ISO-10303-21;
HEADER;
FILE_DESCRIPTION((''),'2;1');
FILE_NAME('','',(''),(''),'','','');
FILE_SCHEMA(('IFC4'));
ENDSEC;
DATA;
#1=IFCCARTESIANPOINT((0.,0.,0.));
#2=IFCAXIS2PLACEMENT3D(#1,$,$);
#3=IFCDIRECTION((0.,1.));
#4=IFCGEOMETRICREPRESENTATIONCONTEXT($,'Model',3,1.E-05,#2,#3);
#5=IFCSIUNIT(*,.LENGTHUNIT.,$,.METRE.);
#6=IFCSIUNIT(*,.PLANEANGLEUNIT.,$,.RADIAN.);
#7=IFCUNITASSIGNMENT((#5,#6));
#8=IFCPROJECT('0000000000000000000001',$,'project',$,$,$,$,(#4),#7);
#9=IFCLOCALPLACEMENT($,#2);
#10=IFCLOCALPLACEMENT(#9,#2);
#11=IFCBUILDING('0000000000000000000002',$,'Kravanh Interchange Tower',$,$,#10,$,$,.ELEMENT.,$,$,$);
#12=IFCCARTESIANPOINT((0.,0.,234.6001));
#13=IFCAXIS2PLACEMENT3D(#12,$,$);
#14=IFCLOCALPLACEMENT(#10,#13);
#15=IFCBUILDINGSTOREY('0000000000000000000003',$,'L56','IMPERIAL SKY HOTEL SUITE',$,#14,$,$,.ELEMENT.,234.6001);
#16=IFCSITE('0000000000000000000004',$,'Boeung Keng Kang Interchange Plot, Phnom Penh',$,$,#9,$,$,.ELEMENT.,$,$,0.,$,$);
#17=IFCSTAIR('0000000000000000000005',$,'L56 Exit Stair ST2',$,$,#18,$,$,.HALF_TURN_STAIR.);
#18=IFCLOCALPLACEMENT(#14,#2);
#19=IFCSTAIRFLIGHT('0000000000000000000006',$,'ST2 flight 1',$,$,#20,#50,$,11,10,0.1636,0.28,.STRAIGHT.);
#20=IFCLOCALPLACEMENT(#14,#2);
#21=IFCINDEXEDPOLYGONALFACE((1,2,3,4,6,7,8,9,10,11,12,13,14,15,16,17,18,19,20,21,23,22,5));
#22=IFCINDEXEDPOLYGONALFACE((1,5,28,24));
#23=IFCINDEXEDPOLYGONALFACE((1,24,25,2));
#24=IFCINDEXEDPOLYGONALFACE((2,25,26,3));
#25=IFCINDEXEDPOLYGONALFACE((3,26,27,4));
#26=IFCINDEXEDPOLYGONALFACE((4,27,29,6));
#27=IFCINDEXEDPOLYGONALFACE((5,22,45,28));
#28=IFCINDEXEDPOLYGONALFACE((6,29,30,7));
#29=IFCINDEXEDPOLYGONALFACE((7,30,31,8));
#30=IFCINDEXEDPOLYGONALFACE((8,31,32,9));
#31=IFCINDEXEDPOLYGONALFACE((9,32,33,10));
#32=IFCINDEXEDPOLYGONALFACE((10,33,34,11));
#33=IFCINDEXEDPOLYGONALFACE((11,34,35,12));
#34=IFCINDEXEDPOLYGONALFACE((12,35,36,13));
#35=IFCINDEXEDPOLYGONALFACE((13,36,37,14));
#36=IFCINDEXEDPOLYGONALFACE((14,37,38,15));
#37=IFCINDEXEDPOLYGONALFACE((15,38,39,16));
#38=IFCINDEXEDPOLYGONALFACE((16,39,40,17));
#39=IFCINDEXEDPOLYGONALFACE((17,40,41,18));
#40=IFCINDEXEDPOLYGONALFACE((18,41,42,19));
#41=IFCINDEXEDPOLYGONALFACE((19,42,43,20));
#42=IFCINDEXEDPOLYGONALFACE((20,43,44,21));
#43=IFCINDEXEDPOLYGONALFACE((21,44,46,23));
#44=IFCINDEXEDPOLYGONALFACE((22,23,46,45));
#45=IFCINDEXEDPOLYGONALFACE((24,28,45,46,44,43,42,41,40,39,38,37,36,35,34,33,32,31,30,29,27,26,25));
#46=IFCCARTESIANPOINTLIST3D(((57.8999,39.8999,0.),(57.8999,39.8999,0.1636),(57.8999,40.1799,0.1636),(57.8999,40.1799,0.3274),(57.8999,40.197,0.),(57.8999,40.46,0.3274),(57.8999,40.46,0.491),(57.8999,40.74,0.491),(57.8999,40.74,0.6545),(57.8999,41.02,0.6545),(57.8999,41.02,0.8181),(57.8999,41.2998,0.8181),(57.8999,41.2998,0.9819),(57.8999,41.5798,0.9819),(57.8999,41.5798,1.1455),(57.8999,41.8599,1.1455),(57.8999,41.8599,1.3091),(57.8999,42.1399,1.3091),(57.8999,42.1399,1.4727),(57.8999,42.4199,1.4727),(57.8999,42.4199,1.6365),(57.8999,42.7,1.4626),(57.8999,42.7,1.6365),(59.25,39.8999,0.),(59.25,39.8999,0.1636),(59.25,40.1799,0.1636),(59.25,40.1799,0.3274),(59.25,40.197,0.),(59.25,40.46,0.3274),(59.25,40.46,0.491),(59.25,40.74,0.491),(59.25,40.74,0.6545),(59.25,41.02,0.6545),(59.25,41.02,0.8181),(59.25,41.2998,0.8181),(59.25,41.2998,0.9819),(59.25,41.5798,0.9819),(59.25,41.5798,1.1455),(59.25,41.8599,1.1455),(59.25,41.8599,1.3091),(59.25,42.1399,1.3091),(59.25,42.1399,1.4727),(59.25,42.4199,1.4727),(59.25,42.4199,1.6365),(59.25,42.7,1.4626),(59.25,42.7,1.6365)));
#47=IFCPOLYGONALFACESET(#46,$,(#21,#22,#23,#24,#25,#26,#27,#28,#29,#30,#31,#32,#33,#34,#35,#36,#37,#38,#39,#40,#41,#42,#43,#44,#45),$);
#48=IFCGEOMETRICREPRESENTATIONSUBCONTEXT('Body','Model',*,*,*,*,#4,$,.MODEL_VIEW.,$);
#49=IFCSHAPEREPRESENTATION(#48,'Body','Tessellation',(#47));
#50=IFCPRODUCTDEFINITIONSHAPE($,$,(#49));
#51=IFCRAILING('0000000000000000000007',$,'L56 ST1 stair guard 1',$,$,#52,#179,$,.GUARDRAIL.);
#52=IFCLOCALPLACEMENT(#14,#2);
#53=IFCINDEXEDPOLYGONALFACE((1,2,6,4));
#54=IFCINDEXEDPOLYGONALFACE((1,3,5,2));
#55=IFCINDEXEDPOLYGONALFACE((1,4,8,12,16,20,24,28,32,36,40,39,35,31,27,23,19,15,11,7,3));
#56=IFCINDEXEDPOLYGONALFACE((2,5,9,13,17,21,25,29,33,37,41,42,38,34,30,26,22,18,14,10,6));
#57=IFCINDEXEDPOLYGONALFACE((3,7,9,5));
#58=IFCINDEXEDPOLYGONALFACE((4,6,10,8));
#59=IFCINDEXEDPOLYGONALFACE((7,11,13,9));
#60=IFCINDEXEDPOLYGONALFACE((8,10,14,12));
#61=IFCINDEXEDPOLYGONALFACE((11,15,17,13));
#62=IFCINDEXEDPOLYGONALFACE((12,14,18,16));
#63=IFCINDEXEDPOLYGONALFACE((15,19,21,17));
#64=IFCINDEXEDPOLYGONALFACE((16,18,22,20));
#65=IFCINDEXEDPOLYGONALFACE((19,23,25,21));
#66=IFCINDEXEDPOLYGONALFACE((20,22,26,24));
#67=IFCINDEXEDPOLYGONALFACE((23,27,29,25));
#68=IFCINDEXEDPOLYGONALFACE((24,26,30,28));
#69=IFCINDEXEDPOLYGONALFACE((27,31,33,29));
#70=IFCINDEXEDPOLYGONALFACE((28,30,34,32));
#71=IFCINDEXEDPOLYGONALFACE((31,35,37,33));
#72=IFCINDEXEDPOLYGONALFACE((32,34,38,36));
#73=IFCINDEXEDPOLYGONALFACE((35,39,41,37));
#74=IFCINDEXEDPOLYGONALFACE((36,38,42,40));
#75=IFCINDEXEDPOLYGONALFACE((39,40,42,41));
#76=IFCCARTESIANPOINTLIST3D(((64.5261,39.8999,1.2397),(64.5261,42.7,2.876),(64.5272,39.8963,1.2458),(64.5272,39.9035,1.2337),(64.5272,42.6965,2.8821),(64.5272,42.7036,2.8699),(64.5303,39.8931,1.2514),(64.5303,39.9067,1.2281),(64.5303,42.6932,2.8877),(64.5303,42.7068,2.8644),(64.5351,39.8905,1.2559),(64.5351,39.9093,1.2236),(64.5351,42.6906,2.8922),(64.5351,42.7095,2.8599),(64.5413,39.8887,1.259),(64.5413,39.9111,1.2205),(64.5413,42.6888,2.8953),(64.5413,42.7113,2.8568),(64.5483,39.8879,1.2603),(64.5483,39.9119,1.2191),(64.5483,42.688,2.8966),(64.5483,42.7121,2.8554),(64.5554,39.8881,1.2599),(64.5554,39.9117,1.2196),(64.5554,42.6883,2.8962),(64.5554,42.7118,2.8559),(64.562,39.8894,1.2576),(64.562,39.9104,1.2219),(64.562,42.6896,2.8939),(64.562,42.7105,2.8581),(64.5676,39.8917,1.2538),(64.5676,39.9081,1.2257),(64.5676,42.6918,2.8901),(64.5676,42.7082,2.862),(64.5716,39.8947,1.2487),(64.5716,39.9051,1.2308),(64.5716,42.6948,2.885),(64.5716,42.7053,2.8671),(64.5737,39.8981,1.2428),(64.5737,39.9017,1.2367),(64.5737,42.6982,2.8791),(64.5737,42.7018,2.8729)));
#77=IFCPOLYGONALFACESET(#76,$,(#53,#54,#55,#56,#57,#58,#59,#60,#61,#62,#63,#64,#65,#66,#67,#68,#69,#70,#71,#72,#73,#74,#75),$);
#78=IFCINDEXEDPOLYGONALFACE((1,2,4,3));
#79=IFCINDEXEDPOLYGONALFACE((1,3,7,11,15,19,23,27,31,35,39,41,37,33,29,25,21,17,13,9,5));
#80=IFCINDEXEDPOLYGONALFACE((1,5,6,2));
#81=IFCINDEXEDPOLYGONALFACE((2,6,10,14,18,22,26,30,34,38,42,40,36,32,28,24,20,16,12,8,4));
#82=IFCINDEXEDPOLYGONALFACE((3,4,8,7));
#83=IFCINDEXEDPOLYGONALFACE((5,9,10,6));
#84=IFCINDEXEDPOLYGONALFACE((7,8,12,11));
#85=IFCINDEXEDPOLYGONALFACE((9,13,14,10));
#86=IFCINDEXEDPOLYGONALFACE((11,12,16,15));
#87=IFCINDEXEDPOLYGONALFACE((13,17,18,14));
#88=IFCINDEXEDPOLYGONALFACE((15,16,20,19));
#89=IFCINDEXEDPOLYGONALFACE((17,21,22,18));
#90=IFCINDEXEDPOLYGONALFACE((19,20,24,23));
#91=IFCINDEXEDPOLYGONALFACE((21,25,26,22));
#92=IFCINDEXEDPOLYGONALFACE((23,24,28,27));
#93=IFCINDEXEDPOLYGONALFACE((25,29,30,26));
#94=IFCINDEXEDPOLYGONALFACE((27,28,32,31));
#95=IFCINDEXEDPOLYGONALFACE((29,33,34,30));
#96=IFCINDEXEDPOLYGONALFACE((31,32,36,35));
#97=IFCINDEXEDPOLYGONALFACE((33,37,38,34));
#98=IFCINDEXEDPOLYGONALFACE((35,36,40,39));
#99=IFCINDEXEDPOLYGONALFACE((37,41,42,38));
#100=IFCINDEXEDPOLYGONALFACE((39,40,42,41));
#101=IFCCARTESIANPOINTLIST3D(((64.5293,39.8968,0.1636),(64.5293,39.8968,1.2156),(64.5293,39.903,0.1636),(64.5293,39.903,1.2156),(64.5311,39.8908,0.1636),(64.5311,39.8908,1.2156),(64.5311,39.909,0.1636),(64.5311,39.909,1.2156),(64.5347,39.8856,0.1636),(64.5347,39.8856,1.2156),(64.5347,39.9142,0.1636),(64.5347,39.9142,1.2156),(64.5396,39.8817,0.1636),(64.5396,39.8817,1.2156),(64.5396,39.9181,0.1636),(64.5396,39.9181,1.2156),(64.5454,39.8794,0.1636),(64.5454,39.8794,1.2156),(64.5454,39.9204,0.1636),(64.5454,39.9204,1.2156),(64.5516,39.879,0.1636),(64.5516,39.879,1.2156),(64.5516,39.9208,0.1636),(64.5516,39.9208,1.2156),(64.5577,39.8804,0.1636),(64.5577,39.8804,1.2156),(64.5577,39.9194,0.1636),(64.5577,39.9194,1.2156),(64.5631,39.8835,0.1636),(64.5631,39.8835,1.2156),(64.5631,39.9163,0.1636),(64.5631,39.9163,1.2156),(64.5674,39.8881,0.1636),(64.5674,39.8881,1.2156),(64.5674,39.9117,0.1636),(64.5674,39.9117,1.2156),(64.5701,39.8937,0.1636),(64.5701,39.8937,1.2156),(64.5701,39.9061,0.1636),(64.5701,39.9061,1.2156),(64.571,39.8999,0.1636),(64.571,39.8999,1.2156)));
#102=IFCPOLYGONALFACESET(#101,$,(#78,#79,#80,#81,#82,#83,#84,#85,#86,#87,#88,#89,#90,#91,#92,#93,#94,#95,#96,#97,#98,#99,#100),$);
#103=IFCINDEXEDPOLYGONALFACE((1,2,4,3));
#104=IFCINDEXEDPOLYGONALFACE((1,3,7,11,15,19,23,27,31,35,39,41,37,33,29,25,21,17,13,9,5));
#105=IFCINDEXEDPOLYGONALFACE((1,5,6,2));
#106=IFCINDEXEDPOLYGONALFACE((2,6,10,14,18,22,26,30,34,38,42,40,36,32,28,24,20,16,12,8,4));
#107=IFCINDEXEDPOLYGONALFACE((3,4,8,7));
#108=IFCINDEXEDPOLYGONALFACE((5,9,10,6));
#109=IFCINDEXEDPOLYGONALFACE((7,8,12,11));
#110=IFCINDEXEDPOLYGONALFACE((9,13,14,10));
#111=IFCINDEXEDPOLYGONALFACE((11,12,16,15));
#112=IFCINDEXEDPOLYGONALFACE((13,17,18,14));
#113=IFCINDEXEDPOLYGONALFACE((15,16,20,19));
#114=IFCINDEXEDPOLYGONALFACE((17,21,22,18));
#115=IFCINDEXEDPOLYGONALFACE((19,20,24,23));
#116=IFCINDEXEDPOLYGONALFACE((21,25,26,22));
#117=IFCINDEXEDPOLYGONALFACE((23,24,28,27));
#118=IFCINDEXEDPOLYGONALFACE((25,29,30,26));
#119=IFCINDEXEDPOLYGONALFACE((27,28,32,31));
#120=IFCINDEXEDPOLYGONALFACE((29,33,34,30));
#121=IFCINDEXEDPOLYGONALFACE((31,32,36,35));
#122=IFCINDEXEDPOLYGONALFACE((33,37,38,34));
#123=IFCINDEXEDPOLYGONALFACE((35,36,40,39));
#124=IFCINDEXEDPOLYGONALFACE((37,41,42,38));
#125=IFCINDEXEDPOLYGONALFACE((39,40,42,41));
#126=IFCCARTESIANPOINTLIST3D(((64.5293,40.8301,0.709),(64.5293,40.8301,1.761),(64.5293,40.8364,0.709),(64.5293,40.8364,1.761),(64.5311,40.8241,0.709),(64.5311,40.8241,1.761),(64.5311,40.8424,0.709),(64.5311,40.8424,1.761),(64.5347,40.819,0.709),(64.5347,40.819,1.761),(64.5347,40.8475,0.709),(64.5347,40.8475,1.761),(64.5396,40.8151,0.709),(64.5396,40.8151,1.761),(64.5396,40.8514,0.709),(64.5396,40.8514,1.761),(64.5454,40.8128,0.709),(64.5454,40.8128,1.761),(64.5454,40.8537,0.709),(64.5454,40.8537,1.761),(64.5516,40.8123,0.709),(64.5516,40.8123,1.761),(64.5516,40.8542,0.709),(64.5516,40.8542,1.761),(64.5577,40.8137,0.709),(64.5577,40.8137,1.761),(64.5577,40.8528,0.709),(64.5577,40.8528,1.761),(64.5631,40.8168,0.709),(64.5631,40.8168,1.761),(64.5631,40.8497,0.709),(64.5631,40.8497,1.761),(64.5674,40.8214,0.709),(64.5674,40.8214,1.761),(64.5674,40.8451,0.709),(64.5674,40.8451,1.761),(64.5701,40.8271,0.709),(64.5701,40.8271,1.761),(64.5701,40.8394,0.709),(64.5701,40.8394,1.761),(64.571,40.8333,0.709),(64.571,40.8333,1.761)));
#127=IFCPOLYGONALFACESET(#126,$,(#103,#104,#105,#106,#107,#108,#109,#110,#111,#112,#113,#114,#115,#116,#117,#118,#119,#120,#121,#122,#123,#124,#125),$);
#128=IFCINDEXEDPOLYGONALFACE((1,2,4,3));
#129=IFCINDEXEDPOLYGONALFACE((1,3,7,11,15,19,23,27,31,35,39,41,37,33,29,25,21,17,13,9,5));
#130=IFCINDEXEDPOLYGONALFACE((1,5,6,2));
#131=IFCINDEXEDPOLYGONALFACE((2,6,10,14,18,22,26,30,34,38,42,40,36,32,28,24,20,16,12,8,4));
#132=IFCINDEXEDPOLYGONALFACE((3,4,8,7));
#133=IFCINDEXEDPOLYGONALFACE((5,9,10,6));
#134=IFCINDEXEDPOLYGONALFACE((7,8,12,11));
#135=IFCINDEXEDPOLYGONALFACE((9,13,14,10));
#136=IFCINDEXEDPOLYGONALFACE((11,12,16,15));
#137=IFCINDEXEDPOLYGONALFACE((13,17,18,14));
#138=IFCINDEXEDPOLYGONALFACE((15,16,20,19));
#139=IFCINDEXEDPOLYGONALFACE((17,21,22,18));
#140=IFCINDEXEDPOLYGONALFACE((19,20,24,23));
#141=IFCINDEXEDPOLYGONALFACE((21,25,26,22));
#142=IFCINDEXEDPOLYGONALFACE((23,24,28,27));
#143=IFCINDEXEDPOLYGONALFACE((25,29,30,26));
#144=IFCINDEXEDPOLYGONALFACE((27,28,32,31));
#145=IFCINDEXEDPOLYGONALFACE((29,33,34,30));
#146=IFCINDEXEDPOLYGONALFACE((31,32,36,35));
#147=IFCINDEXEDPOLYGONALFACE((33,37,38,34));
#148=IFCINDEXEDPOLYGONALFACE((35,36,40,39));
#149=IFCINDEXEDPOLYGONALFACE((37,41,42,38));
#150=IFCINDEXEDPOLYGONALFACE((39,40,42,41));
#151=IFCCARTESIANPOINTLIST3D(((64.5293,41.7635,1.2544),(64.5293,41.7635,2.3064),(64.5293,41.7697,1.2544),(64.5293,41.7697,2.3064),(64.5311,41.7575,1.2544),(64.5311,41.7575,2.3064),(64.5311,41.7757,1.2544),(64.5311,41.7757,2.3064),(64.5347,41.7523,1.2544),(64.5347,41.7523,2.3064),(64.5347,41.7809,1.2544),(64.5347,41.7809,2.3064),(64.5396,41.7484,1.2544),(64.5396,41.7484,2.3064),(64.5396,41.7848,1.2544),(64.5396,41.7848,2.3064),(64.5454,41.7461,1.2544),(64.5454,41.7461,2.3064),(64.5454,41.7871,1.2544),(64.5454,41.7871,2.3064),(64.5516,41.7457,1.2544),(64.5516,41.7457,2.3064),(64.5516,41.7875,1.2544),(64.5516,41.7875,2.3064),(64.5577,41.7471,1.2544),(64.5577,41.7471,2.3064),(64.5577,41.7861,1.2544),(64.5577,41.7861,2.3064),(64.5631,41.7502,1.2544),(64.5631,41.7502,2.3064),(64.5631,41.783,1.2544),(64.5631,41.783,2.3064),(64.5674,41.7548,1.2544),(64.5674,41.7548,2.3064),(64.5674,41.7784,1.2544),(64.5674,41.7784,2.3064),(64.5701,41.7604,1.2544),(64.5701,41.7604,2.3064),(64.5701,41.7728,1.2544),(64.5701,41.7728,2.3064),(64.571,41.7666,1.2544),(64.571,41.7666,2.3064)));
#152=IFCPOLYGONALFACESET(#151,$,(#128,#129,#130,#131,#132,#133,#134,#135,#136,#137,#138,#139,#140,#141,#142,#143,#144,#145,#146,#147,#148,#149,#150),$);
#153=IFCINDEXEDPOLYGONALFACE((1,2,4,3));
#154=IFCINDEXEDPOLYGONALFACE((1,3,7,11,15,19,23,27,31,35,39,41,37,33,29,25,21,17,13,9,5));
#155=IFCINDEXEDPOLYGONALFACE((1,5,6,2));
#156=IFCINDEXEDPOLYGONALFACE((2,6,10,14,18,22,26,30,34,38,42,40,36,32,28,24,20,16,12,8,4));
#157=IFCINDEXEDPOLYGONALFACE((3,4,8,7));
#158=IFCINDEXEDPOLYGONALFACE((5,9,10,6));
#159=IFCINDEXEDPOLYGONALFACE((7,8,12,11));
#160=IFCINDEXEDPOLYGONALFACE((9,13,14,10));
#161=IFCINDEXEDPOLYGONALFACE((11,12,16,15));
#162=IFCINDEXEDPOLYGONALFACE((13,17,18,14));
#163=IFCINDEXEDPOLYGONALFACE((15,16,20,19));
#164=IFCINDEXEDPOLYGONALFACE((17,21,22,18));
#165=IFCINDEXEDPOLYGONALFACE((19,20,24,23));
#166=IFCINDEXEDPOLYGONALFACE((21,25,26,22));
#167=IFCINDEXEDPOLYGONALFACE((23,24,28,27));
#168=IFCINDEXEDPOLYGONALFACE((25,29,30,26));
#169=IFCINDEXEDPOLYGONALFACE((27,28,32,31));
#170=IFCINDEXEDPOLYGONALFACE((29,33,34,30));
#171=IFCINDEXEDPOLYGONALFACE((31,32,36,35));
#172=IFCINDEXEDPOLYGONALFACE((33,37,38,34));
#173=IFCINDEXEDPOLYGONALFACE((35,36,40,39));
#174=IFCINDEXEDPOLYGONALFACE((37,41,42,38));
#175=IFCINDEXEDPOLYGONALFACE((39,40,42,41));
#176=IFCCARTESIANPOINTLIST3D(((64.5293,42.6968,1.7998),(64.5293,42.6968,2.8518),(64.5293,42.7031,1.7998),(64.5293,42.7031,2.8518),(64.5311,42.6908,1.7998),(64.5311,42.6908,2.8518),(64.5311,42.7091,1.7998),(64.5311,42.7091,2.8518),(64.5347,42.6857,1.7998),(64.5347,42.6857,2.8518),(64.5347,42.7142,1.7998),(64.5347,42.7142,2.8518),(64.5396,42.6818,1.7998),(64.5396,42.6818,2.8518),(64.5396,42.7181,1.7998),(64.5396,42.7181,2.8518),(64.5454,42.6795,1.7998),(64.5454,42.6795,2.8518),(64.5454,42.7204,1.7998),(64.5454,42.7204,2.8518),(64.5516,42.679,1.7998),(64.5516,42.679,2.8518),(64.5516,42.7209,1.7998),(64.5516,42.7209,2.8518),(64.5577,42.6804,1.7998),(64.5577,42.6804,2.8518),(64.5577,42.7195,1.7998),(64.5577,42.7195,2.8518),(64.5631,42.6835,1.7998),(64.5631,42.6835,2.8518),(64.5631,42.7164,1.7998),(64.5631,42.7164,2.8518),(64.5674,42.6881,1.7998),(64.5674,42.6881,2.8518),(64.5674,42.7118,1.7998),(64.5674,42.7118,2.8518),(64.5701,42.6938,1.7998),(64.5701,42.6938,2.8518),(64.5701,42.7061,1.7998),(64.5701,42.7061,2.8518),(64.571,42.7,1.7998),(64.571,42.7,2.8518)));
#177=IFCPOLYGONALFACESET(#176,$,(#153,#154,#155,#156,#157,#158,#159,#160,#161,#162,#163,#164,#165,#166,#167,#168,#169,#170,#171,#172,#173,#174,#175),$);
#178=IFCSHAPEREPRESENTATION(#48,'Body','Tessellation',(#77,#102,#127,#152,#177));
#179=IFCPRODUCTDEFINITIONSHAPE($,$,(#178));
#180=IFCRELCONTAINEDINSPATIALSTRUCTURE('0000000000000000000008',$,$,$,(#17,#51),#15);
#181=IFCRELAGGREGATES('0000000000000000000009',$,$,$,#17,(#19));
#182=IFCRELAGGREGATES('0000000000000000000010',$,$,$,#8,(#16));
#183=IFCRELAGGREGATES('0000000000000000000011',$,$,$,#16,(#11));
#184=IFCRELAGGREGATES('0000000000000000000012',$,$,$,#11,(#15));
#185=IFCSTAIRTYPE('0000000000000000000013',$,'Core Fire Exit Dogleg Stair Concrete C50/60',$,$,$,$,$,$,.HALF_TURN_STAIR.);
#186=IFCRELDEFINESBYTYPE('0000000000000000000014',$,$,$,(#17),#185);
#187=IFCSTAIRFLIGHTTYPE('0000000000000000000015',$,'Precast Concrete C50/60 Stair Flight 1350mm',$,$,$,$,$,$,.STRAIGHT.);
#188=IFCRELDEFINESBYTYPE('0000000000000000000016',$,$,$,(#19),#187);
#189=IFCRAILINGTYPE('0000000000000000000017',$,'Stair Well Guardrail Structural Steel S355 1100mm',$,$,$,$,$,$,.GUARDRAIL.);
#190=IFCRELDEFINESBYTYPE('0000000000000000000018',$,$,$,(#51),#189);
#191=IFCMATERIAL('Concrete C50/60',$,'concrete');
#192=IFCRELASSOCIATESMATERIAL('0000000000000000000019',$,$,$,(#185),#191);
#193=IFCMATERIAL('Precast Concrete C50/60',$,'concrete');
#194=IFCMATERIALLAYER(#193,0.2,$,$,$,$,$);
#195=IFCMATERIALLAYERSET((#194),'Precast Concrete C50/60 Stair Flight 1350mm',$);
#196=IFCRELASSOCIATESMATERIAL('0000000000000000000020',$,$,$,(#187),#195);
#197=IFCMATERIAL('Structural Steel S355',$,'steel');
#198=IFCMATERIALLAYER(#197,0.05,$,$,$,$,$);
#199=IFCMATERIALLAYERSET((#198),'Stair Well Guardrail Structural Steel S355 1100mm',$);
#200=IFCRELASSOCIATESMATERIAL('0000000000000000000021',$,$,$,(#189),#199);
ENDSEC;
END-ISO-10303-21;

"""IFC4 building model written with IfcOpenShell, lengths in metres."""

from ifc_helpers import new_model, si_unit, direction, frame, origin, origin_2d, place, context, subcontext, project, spatial, polyline, circle, outline, extrude, material, layer, layer_set, type_object, element, aggregate, save


model = new_model("IFC4")

# Units and contexts
model_context = context("Model", 3, precision=1e-05, world=origin(), true_north=direction((0.0, 1.0)))
body_context = subcontext(model_context, "Body", "Model", "MODEL_VIEW")
ifc_project = project(units=[si_unit("LENGTHUNIT", "METRE"), si_unit("PLANEANGLEUNIT", "RADIAN")], contexts=[model_context])

# Site, building, storey
site_placement = place(None, origin())
site = spatial("IfcSite", under=ifc_project, at=site_placement, Name="Boeung Keng Kang Interchange Plot, Phnom Penh", CompositionType="ELEMENT", RefElevation=0.0)
building_placement = place(site_placement, origin())
building = spatial("IfcBuilding", under=site, at=building_placement, Name="Kravanh Interchange Tower", CompositionType="ELEMENT")
storey_placement = place(building_placement, frame((0.0, 0.0, 234.6001)))
storey = spatial("IfcBuildingStorey", under=building, at=storey_placement, Name="L56", Description="IMPERIAL SKY HOTEL SUITE", CompositionType="ELEMENT", Elevation=234.6001)

# Shared definitions
ifc_material_1 = material(Name="Concrete C50/60", Category="concrete")
stair_type = type_object("IfcStairType", Name="Core Fire Exit Dogleg Stair Concrete C50/60", PredefinedType="HALF_TURN_STAIR", material=ifc_material_1)
ifc_material_2 = material(Name="Precast Concrete C50/60", Category="concrete")
ifc_layer_1 = layer(ifc_material_2, 0.2)
ifc_layer_set_1 = layer_set([ifc_layer_1], Name="Precast Concrete C50/60 Stair Flight 1350mm")
stair_flight_type = type_object("IfcStairFlightType", Name="Precast Concrete C50/60 Stair Flight 1350mm", PredefinedType="STRAIGHT", material=ifc_layer_set_1)

# Stair, stair flight
stair_1_placement = place(storey_placement, origin())
stair_1 = element("IfcStair", 1, at=stair_1_placement, inside=storey, type_object=stair_type, Name="L56 Exit Stair ST2", PredefinedType="HALF_TURN_STAIR")
stair_flight_1_placement = place(storey_placement, frame((58.575, 39.8999, 0.0), z_axis=(0.0, 0.0, 1.0), x_axis=(0.0, 1.0, 0.0)))
stair_flight_1 = element("IfcStairFlight", 2, at=stair_flight_1_placement, type_object=stair_flight_type, Name="ST2 flight 1", NumberOfRisers=11, NumberOfTreads=10, PredefinedType="STRAIGHT", RiserHeight=0.1636, TreadLength=0.28, context=body_context, shape_type="SweptSolid", body=[
    extrude(outline(polyline([(0.0, 0.0), (0.0, 0.1636), (0.28, 0.1636), (0.28, 0.3274), (0.5601, 0.3274), (0.5601, 0.491), (0.8401, 0.491), (0.8401, 0.6545), (1.1201, 0.6545), (1.1201, 0.8181), (1.3999, 0.8181), (1.3999, 0.9819), (1.6799, 0.9819), (1.6799, 1.1455), (1.96, 1.1455), (1.96, 1.3091), (2.24, 1.3091), (2.24, 1.4727), (2.52, 1.4727), (2.52, 1.6365), (2.8, 1.6365), (2.8, 1.8), (2.8, 1.4626), (0.2971, 0.0), (0.0, 0.0)])), frame((0.0, 0.675, 0.0), z_axis=(0.0, -1.0, 0.0), x_axis=(1.0, 0.0, 0.0)), (0.0, 0.0, 1.0), 1.3501),
])
aggregate(stair_1, [stair_flight_1])

# Railing
ifc_material_3 = material(Name="Structural Steel S355", Category="steel")
ifc_layer_2 = layer(ifc_material_3, 0.05)
ifc_layer_set_2 = layer_set([ifc_layer_2], Name="Stair Well Guardrail Structural Steel S355 1100mm")
railing_type_1 = type_object("IfcRailingType", Name="Stair Well Guardrail Structural Steel S355 1100mm", PredefinedType="GUARDRAIL", material=ifc_layer_set_2)
railing_1_placement = place(storey_placement, frame((64.55, 39.8999, 0.1636)))
element("IfcRailing", 3, at=railing_1_placement, inside=storey, type_object=railing_type_1, Name="L56 ST1 stair guard 1", PredefinedType="GUARDRAIL", context=body_context, shape_type="SweptSolid", body=[
    extrude(circle(Radius=0.0239, at=origin_2d()), frame((0.0, 0.0, 1.0762), z_axis=(0.0, 0.863394, 0.504531), x_axis=(-1.0, 0.0, 0.0)), (0.0, 0.0, 1.0), 3.2432),
    extrude(circle(Radius=0.021, at=origin_2d()), origin(), (0.0, 0.0, 1.0), 1.052),
    extrude(circle(Radius=0.021, at=origin_2d()), frame((0.0, 0.9333, 0.5454)), (0.0, 0.0, 1.0), 1.052),
    extrude(circle(Radius=0.021, at=origin_2d()), frame((0.0, 1.8667, 1.0908)), (0.0, 0.0, 1.0), 1.052),
    extrude(circle(Radius=0.021, at=origin_2d()), frame((0.0, 2.8, 1.6362)), (0.0, 0.0, 1.0), 1.052),
])

save(model, "model.ifc")
